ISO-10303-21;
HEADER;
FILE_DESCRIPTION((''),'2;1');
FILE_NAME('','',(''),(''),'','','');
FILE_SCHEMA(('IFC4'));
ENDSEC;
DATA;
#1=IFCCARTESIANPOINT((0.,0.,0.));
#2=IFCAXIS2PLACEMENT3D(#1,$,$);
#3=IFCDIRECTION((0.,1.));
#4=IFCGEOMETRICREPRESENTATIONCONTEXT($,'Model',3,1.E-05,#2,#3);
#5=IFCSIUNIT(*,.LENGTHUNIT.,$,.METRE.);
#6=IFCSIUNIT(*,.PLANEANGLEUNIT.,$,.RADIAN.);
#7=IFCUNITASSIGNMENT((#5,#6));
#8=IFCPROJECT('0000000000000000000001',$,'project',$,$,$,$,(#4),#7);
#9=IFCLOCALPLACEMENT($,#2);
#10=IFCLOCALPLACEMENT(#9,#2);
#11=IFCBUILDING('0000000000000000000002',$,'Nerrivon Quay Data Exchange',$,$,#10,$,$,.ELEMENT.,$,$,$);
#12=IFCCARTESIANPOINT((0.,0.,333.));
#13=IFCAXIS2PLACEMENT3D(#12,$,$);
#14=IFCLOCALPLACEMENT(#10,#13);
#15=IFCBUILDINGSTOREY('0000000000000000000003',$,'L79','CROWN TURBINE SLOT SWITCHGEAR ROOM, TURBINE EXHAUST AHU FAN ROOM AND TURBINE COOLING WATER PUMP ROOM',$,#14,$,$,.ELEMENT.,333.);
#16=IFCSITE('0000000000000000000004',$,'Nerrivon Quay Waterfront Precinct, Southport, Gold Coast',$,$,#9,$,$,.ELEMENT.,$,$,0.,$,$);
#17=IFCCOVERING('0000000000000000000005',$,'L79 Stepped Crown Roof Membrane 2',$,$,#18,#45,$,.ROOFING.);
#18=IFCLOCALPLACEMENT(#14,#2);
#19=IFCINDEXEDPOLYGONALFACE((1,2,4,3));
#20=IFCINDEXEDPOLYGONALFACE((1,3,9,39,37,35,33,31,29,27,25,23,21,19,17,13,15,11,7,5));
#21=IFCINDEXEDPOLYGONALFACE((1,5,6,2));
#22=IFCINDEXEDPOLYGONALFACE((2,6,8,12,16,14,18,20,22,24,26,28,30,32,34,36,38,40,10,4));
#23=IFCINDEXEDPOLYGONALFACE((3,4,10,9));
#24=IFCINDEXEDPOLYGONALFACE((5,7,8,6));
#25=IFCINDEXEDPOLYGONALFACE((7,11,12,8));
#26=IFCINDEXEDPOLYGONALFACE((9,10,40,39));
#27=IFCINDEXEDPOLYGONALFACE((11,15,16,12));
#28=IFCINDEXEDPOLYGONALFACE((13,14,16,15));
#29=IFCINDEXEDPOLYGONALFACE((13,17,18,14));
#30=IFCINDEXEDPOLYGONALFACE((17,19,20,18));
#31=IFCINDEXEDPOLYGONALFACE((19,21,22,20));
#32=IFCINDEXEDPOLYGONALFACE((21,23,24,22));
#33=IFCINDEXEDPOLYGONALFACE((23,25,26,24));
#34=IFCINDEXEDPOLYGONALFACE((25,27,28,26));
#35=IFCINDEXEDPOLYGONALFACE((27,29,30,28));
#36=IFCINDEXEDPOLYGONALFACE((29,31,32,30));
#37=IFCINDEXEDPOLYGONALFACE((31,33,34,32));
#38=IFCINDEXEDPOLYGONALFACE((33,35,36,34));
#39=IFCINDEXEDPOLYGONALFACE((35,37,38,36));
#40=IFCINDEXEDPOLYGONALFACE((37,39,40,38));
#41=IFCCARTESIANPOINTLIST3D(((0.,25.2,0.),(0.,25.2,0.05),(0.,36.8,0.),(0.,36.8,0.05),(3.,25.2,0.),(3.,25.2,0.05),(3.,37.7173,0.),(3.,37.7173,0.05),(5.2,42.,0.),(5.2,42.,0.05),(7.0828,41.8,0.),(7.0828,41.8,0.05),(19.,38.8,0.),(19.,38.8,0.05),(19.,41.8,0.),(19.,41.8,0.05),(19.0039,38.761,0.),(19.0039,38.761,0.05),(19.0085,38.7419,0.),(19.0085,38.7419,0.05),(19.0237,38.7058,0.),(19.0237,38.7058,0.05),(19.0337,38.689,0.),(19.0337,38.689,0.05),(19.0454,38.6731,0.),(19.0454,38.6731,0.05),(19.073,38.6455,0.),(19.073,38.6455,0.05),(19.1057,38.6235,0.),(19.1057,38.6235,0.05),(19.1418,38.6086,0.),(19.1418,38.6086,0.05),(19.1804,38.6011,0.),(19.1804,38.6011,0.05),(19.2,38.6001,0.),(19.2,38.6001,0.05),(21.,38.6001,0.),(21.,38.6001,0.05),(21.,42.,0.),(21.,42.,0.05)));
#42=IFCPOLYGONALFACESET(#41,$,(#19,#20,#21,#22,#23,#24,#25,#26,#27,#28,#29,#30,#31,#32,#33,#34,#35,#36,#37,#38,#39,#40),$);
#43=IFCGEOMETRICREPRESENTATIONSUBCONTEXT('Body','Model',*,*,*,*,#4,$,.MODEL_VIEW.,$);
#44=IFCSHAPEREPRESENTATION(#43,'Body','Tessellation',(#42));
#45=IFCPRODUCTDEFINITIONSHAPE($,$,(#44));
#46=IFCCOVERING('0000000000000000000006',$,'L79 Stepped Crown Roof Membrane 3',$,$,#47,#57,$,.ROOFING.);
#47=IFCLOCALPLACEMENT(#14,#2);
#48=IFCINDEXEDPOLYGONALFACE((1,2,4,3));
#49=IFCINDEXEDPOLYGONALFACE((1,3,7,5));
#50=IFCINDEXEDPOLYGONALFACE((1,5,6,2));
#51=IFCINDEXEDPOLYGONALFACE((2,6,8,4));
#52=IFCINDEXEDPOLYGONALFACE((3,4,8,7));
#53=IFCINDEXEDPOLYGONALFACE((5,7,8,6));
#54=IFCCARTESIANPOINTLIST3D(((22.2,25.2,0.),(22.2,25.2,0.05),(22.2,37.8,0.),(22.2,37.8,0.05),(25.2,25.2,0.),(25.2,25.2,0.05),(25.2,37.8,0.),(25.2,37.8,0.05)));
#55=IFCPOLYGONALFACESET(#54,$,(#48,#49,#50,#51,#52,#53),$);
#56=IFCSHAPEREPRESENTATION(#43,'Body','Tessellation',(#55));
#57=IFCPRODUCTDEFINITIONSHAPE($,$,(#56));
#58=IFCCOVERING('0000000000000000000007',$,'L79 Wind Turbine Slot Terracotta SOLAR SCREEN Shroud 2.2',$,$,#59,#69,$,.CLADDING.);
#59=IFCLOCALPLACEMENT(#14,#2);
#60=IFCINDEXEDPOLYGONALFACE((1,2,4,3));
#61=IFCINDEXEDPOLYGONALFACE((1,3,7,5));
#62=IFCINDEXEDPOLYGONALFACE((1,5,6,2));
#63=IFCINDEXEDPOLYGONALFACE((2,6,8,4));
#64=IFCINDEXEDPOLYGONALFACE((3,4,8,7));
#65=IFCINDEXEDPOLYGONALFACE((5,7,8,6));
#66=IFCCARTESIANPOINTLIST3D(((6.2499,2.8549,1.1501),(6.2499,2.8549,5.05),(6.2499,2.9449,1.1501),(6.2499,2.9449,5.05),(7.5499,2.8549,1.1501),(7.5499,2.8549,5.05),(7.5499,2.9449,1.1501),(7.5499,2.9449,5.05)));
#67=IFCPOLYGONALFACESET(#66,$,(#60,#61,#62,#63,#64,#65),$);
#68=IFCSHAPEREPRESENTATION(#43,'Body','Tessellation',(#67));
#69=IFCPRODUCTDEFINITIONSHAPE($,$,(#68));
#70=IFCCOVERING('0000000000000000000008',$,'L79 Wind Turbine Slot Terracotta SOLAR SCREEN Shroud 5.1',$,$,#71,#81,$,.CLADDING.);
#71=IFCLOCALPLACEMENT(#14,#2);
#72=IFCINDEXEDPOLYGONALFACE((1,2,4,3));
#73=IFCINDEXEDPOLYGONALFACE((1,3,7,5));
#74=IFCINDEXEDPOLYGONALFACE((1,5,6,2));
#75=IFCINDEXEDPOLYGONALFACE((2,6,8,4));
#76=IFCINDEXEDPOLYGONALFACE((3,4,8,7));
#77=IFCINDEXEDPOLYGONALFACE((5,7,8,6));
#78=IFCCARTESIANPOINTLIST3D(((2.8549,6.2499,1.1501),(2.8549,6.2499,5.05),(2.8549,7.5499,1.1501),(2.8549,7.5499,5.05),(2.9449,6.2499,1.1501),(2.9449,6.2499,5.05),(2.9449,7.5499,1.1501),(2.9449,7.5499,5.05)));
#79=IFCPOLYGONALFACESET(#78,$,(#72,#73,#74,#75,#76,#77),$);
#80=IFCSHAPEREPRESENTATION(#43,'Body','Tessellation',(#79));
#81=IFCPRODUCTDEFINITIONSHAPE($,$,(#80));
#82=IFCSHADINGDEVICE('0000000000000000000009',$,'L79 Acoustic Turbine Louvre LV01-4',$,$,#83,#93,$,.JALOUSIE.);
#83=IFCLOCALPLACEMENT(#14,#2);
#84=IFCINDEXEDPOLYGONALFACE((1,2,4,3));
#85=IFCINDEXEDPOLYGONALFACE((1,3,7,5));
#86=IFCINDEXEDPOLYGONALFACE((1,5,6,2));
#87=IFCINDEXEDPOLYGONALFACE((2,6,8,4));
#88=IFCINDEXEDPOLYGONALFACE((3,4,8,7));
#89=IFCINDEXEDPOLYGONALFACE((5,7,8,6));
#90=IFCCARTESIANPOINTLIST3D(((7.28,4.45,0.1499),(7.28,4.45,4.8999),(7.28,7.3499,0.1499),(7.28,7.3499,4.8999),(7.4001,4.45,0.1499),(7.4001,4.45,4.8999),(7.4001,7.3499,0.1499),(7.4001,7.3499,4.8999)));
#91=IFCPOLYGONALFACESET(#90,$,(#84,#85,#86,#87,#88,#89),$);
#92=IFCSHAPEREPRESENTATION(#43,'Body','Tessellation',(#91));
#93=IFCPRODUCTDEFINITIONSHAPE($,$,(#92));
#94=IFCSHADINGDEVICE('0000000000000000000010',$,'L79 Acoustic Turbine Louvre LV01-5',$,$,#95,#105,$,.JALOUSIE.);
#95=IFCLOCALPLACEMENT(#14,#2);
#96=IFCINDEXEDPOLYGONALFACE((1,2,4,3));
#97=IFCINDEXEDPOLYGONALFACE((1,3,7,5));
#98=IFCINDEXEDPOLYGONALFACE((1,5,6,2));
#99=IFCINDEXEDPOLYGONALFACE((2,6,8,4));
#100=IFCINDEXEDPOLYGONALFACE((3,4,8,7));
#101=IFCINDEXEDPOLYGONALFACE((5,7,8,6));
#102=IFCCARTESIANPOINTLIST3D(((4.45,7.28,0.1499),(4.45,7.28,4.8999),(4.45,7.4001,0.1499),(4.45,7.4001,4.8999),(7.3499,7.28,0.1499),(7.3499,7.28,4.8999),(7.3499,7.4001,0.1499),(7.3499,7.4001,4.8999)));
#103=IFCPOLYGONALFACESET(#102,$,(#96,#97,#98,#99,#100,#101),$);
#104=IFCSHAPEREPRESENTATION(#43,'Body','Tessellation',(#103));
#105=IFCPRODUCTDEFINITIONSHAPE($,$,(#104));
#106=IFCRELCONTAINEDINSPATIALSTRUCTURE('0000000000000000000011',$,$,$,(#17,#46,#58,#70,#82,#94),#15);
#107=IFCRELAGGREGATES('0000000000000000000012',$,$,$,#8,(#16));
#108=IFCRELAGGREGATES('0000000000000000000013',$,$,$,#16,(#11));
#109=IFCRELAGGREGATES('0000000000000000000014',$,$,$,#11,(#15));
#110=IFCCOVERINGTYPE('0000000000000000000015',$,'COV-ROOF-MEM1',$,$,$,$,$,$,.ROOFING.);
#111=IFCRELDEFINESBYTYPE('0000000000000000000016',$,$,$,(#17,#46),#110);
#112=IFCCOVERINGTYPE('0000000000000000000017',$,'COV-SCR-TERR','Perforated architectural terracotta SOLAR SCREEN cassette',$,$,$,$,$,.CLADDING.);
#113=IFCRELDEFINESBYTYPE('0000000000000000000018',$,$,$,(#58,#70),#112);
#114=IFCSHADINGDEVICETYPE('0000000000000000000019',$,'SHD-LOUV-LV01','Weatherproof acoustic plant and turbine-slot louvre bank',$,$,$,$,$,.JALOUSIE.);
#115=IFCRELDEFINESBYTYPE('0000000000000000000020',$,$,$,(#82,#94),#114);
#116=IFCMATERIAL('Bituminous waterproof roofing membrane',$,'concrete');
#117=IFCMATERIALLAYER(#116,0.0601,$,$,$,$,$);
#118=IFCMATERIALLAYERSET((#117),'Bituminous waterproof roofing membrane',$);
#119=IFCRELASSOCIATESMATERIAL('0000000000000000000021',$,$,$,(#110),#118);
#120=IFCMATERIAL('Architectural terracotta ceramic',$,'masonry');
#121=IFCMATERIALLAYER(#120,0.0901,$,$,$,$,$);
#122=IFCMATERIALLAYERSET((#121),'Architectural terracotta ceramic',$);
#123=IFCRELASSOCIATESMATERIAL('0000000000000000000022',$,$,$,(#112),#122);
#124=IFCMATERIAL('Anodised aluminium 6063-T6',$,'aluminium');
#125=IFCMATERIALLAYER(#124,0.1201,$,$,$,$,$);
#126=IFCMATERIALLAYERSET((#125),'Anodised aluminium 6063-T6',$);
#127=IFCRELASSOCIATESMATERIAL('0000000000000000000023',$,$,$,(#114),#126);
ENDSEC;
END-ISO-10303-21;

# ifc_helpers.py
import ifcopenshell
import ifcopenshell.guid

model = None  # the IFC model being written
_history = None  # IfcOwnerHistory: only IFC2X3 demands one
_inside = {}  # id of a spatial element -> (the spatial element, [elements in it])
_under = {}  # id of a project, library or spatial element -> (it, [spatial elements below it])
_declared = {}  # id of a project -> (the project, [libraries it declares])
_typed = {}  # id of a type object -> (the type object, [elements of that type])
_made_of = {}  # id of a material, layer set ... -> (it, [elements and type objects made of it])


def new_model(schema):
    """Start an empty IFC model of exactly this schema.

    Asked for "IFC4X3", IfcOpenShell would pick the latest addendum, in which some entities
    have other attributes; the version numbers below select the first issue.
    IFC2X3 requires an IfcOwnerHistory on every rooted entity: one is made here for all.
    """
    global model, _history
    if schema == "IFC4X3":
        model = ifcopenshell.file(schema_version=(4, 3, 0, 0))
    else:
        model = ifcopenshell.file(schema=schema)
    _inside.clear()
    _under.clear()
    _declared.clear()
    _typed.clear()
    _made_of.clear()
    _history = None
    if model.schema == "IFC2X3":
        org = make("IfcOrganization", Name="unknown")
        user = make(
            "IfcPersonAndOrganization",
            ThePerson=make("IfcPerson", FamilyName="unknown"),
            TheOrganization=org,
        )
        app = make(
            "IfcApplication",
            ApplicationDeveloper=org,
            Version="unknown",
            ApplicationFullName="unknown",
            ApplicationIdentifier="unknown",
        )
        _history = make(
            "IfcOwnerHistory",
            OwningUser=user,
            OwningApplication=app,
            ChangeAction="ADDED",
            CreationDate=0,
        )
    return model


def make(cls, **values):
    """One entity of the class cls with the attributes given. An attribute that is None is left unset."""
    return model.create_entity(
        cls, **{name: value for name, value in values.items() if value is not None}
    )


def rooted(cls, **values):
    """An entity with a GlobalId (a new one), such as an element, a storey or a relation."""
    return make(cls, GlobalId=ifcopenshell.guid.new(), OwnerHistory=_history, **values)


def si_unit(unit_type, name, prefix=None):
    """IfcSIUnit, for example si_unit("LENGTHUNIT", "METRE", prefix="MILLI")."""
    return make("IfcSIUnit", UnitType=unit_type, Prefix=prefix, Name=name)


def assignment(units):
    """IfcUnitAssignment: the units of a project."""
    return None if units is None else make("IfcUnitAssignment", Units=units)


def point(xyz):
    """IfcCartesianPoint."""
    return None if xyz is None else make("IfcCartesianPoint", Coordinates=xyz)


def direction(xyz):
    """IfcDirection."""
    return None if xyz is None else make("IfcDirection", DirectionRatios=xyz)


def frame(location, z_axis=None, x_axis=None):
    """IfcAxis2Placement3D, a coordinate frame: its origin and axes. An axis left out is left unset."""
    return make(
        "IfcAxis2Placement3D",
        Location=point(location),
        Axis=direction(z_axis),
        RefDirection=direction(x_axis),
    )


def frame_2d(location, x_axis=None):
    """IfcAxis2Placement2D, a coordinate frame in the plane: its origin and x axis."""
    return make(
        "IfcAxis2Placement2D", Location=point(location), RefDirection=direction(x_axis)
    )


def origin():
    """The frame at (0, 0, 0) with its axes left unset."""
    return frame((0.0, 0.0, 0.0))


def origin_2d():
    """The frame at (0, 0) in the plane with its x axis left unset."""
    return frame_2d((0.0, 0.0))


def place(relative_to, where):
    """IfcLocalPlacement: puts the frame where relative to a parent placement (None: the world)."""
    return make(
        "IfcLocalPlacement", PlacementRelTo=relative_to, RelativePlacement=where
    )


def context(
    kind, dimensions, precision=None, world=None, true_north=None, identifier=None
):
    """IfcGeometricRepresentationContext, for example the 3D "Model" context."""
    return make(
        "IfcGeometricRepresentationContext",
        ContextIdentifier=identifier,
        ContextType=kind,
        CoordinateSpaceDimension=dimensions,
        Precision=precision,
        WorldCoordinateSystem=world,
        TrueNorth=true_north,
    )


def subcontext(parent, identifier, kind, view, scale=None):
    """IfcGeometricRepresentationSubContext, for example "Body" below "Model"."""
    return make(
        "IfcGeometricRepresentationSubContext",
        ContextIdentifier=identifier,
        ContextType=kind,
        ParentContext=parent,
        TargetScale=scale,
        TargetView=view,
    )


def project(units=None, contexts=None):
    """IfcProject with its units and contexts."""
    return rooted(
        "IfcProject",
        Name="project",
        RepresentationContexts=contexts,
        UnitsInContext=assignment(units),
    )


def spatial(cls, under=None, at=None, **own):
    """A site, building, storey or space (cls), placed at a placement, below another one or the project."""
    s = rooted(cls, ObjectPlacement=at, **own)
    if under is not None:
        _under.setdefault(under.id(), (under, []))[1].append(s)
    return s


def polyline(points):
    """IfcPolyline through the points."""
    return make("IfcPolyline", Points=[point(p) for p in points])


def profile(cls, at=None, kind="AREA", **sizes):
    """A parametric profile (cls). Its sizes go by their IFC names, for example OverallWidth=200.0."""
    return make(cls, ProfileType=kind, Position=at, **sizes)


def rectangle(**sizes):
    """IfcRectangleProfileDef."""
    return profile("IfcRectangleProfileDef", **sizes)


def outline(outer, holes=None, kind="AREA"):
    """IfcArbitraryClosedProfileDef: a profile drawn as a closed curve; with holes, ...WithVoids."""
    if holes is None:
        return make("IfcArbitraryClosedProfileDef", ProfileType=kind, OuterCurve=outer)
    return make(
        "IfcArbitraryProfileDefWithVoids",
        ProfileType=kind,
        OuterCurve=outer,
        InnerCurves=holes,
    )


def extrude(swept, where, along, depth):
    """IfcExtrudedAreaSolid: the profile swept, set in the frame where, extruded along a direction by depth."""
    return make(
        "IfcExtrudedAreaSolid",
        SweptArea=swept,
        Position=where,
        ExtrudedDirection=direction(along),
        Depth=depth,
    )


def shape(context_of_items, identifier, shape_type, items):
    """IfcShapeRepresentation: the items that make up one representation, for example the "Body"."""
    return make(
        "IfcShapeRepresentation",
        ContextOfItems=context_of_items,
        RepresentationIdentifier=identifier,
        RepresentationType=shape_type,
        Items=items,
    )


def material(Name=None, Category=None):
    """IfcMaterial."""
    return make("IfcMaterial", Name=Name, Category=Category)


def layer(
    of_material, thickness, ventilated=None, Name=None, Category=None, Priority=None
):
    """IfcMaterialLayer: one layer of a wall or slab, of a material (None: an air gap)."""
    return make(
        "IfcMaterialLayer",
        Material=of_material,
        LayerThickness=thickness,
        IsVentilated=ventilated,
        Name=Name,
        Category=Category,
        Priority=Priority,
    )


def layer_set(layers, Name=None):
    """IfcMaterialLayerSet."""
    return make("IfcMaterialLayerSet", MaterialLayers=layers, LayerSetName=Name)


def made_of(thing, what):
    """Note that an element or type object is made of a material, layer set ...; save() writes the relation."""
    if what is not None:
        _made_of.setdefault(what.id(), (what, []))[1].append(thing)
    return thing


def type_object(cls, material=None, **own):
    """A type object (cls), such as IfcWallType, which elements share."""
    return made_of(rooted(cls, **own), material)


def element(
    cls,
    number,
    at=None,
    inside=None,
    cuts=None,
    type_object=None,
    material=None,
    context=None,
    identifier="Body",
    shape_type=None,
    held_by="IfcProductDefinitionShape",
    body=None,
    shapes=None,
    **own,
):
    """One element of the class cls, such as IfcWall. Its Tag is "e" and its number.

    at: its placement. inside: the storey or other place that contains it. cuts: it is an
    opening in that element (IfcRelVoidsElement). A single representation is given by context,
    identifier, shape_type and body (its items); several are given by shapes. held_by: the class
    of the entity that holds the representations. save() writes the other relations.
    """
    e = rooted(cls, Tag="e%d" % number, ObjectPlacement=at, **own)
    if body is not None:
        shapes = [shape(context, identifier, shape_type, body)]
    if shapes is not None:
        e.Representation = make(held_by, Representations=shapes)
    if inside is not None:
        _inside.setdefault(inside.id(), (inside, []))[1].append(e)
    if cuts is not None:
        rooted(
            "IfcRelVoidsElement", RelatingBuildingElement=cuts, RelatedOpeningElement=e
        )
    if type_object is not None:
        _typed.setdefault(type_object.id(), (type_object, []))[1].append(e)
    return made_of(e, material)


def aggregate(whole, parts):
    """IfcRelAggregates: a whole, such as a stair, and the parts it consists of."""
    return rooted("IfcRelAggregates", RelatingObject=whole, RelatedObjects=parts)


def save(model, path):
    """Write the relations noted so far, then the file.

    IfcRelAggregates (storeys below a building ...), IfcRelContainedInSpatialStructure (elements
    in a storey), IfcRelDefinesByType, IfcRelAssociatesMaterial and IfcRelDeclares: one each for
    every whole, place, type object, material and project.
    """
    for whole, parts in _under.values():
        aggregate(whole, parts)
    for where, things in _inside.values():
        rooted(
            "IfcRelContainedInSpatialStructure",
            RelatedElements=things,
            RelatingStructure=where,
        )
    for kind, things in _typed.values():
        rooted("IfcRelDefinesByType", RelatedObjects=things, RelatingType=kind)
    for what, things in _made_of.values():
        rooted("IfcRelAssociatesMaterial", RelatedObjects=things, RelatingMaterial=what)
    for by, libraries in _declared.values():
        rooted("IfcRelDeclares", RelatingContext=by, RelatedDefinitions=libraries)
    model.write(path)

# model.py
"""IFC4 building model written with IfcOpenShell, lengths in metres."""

from ifc_helpers import new_model, si_unit, direction, frame, origin, origin_2d, place, context, subcontext, project, spatial, polyline, rectangle, outline, extrude, material, layer, layer_set, type_object, element, save


model = new_model("IFC4")

# Units and contexts
model_context = context("Model", 3, precision=1e-05, world=origin(), true_north=direction((0.0, 1.0)))
body_context = subcontext(model_context, "Body", "Model", "MODEL_VIEW")
ifc_project = project(units=[si_unit("LENGTHUNIT", "METRE"), si_unit("PLANEANGLEUNIT", "RADIAN")], contexts=[model_context])

# Site, building, storey
site_placement = place(None, origin())
site = spatial("IfcSite", under=ifc_project, at=site_placement, Name="Nerrivon Quay Waterfront Precinct, Southport, Gold Coast", CompositionType="ELEMENT", RefElevation=0.0)
building_placement = place(site_placement, origin())
building = spatial("IfcBuilding", under=site, at=building_placement, Name="Nerrivon Quay Data Exchange", CompositionType="ELEMENT")
storey_placement = place(building_placement, frame((0.0, 0.0, 333.0)))
storey = spatial("IfcBuildingStorey", under=building, at=storey_placement, Name="L79", Description="CROWN TURBINE SLOT SWITCHGEAR ROOM, TURBINE EXHAUST AHU FAN ROOM AND TURBINE COOLING WATER PUMP ROOM", CompositionType="ELEMENT", Elevation=333.0)

# Coverings
ifc_material_1 = material(Name="Bituminous waterproof roofing membrane", Category="concrete")
ifc_layer_1 = layer(ifc_material_1, 0.0601)
ifc_layer_set_1 = layer_set([ifc_layer_1], Name="Bituminous waterproof roofing membrane")
covering_type_1 = type_object("IfcCoveringType", Name="COV-ROOF-MEM1", PredefinedType="ROOFING", material=ifc_layer_set_1)
covering_1_placement = place(storey_placement, origin())
element("IfcCovering", 1, at=covering_1_placement, inside=storey, type_object=covering_type_1, Name="L79 Stepped Crown Roof Membrane 2", PredefinedType="ROOFING", context=body_context, shape_type="SweptSolid", body=[
    extrude(outline(polyline([(0.0, 36.8), (0.0, 25.2), (3.0, 25.2), (3.0, 37.7173), (7.0828, 41.8), (19.0, 41.8), (19.0, 38.8), (19.0039, 38.761), (19.0085, 38.7419), (19.0237, 38.7058), (19.0337, 38.689), (19.0454, 38.6731), (19.073, 38.6455), (19.1057, 38.6235), (19.1418, 38.6086), (19.1804, 38.6011), (19.2, 38.6001), (21.0, 38.6001), (21.0, 42.0), (5.2, 42.0), (0.0, 36.8)])), origin(), (0.0, 0.0, 1.0), 0.05),
])
covering_2_placement = place(storey_placement, origin())
element("IfcCovering", 2, at=covering_2_placement, inside=storey, type_object=covering_type_1, Name="L79 Stepped Crown Roof Membrane 3", PredefinedType="ROOFING", context=body_context, shape_type="SweptSolid", body=[
    extrude(outline(polyline([(22.2, 37.8), (22.2, 25.2), (25.2, 25.2), (25.2, 37.8), (22.2, 37.8)])), origin(), (0.0, 0.0, 1.0), 0.05),
])
ifc_material_2 = material(Name="Architectural terracotta ceramic", Category="masonry")
ifc_layer_2 = layer(ifc_material_2, 0.0901)
ifc_layer_set_2 = layer_set([ifc_layer_2], Name="Architectural terracotta ceramic")
covering_type_2 = type_object("IfcCoveringType", Name="COV-SCR-TERR", Description="Perforated architectural terracotta SOLAR SCREEN cassette", PredefinedType="CLADDING", material=ifc_layer_set_2)
for number, where, z_axis, x_axis, name in (
    (3, (6.8999, 2.8999, 1.1501), (0.0, 0.0, 1.0), (-1.0, 0.0, 0.0), "L79 Wind Turbine Slot Terracotta SOLAR SCREEN Shroud 2.2"),
    (4, (2.8999, 6.8999, 1.1501), (0.0, 0.0, 1.0), (0.0, 1.0, 0.0), "L79 Wind Turbine Slot Terracotta SOLAR SCREEN Shroud 5.1"),
):
    element("IfcCovering", number, at=place(storey_placement, frame(where, z_axis=z_axis, x_axis=x_axis)), inside=storey, type_object=covering_type_2, Name=name, PredefinedType="CLADDING", context=body_context, shape_type="SweptSolid", body=[
        extrude(rectangle(XDim=1.3, YDim=0.0901, at=origin_2d()), origin(), (0.0, 0.0, 1.0), 3.8999),
    ])

# Shading devices
ifc_material_3 = material(Name="Anodised aluminium 6063-T6", Category="aluminium")
ifc_layer_3 = layer(ifc_material_3, 0.1201)
ifc_layer_set_3 = layer_set([ifc_layer_3], Name="Anodised aluminium 6063-T6")
shading_device_type = type_object("IfcShadingDeviceType", Name="SHD-LOUV-LV01", Description="Weatherproof acoustic plant and turbine-slot louvre bank", PredefinedType="JALOUSIE", material=ifc_layer_set_3)
for number, where, z_axis, x_axis, name in (
    (5, (7.3401, 5.8999, 0.1499), (0.0, 0.0, 1.0), (0.0, 1.0, 0.0), "L79 Acoustic Turbine Louvre LV01-4"),
    (6, (5.8999, 7.3401, 0.1499), (0.0, 0.0, 1.0), (-1.0, 0.0, 0.0), "L79 Acoustic Turbine Louvre LV01-5"),
):
    element("IfcShadingDevice", number, at=place(storey_placement, frame(where, z_axis=z_axis, x_axis=x_axis)), inside=storey, type_object=shading_device_type, Name=name, PredefinedType="JALOUSIE", context=body_context, shape_type="SweptSolid", body=[
        extrude(rectangle(XDim=2.8999, YDim=0.1201, at=origin_2d()), origin(), (0.0, 0.0, 1.0), 4.75),
    ])

save(model, "model.ifc")
